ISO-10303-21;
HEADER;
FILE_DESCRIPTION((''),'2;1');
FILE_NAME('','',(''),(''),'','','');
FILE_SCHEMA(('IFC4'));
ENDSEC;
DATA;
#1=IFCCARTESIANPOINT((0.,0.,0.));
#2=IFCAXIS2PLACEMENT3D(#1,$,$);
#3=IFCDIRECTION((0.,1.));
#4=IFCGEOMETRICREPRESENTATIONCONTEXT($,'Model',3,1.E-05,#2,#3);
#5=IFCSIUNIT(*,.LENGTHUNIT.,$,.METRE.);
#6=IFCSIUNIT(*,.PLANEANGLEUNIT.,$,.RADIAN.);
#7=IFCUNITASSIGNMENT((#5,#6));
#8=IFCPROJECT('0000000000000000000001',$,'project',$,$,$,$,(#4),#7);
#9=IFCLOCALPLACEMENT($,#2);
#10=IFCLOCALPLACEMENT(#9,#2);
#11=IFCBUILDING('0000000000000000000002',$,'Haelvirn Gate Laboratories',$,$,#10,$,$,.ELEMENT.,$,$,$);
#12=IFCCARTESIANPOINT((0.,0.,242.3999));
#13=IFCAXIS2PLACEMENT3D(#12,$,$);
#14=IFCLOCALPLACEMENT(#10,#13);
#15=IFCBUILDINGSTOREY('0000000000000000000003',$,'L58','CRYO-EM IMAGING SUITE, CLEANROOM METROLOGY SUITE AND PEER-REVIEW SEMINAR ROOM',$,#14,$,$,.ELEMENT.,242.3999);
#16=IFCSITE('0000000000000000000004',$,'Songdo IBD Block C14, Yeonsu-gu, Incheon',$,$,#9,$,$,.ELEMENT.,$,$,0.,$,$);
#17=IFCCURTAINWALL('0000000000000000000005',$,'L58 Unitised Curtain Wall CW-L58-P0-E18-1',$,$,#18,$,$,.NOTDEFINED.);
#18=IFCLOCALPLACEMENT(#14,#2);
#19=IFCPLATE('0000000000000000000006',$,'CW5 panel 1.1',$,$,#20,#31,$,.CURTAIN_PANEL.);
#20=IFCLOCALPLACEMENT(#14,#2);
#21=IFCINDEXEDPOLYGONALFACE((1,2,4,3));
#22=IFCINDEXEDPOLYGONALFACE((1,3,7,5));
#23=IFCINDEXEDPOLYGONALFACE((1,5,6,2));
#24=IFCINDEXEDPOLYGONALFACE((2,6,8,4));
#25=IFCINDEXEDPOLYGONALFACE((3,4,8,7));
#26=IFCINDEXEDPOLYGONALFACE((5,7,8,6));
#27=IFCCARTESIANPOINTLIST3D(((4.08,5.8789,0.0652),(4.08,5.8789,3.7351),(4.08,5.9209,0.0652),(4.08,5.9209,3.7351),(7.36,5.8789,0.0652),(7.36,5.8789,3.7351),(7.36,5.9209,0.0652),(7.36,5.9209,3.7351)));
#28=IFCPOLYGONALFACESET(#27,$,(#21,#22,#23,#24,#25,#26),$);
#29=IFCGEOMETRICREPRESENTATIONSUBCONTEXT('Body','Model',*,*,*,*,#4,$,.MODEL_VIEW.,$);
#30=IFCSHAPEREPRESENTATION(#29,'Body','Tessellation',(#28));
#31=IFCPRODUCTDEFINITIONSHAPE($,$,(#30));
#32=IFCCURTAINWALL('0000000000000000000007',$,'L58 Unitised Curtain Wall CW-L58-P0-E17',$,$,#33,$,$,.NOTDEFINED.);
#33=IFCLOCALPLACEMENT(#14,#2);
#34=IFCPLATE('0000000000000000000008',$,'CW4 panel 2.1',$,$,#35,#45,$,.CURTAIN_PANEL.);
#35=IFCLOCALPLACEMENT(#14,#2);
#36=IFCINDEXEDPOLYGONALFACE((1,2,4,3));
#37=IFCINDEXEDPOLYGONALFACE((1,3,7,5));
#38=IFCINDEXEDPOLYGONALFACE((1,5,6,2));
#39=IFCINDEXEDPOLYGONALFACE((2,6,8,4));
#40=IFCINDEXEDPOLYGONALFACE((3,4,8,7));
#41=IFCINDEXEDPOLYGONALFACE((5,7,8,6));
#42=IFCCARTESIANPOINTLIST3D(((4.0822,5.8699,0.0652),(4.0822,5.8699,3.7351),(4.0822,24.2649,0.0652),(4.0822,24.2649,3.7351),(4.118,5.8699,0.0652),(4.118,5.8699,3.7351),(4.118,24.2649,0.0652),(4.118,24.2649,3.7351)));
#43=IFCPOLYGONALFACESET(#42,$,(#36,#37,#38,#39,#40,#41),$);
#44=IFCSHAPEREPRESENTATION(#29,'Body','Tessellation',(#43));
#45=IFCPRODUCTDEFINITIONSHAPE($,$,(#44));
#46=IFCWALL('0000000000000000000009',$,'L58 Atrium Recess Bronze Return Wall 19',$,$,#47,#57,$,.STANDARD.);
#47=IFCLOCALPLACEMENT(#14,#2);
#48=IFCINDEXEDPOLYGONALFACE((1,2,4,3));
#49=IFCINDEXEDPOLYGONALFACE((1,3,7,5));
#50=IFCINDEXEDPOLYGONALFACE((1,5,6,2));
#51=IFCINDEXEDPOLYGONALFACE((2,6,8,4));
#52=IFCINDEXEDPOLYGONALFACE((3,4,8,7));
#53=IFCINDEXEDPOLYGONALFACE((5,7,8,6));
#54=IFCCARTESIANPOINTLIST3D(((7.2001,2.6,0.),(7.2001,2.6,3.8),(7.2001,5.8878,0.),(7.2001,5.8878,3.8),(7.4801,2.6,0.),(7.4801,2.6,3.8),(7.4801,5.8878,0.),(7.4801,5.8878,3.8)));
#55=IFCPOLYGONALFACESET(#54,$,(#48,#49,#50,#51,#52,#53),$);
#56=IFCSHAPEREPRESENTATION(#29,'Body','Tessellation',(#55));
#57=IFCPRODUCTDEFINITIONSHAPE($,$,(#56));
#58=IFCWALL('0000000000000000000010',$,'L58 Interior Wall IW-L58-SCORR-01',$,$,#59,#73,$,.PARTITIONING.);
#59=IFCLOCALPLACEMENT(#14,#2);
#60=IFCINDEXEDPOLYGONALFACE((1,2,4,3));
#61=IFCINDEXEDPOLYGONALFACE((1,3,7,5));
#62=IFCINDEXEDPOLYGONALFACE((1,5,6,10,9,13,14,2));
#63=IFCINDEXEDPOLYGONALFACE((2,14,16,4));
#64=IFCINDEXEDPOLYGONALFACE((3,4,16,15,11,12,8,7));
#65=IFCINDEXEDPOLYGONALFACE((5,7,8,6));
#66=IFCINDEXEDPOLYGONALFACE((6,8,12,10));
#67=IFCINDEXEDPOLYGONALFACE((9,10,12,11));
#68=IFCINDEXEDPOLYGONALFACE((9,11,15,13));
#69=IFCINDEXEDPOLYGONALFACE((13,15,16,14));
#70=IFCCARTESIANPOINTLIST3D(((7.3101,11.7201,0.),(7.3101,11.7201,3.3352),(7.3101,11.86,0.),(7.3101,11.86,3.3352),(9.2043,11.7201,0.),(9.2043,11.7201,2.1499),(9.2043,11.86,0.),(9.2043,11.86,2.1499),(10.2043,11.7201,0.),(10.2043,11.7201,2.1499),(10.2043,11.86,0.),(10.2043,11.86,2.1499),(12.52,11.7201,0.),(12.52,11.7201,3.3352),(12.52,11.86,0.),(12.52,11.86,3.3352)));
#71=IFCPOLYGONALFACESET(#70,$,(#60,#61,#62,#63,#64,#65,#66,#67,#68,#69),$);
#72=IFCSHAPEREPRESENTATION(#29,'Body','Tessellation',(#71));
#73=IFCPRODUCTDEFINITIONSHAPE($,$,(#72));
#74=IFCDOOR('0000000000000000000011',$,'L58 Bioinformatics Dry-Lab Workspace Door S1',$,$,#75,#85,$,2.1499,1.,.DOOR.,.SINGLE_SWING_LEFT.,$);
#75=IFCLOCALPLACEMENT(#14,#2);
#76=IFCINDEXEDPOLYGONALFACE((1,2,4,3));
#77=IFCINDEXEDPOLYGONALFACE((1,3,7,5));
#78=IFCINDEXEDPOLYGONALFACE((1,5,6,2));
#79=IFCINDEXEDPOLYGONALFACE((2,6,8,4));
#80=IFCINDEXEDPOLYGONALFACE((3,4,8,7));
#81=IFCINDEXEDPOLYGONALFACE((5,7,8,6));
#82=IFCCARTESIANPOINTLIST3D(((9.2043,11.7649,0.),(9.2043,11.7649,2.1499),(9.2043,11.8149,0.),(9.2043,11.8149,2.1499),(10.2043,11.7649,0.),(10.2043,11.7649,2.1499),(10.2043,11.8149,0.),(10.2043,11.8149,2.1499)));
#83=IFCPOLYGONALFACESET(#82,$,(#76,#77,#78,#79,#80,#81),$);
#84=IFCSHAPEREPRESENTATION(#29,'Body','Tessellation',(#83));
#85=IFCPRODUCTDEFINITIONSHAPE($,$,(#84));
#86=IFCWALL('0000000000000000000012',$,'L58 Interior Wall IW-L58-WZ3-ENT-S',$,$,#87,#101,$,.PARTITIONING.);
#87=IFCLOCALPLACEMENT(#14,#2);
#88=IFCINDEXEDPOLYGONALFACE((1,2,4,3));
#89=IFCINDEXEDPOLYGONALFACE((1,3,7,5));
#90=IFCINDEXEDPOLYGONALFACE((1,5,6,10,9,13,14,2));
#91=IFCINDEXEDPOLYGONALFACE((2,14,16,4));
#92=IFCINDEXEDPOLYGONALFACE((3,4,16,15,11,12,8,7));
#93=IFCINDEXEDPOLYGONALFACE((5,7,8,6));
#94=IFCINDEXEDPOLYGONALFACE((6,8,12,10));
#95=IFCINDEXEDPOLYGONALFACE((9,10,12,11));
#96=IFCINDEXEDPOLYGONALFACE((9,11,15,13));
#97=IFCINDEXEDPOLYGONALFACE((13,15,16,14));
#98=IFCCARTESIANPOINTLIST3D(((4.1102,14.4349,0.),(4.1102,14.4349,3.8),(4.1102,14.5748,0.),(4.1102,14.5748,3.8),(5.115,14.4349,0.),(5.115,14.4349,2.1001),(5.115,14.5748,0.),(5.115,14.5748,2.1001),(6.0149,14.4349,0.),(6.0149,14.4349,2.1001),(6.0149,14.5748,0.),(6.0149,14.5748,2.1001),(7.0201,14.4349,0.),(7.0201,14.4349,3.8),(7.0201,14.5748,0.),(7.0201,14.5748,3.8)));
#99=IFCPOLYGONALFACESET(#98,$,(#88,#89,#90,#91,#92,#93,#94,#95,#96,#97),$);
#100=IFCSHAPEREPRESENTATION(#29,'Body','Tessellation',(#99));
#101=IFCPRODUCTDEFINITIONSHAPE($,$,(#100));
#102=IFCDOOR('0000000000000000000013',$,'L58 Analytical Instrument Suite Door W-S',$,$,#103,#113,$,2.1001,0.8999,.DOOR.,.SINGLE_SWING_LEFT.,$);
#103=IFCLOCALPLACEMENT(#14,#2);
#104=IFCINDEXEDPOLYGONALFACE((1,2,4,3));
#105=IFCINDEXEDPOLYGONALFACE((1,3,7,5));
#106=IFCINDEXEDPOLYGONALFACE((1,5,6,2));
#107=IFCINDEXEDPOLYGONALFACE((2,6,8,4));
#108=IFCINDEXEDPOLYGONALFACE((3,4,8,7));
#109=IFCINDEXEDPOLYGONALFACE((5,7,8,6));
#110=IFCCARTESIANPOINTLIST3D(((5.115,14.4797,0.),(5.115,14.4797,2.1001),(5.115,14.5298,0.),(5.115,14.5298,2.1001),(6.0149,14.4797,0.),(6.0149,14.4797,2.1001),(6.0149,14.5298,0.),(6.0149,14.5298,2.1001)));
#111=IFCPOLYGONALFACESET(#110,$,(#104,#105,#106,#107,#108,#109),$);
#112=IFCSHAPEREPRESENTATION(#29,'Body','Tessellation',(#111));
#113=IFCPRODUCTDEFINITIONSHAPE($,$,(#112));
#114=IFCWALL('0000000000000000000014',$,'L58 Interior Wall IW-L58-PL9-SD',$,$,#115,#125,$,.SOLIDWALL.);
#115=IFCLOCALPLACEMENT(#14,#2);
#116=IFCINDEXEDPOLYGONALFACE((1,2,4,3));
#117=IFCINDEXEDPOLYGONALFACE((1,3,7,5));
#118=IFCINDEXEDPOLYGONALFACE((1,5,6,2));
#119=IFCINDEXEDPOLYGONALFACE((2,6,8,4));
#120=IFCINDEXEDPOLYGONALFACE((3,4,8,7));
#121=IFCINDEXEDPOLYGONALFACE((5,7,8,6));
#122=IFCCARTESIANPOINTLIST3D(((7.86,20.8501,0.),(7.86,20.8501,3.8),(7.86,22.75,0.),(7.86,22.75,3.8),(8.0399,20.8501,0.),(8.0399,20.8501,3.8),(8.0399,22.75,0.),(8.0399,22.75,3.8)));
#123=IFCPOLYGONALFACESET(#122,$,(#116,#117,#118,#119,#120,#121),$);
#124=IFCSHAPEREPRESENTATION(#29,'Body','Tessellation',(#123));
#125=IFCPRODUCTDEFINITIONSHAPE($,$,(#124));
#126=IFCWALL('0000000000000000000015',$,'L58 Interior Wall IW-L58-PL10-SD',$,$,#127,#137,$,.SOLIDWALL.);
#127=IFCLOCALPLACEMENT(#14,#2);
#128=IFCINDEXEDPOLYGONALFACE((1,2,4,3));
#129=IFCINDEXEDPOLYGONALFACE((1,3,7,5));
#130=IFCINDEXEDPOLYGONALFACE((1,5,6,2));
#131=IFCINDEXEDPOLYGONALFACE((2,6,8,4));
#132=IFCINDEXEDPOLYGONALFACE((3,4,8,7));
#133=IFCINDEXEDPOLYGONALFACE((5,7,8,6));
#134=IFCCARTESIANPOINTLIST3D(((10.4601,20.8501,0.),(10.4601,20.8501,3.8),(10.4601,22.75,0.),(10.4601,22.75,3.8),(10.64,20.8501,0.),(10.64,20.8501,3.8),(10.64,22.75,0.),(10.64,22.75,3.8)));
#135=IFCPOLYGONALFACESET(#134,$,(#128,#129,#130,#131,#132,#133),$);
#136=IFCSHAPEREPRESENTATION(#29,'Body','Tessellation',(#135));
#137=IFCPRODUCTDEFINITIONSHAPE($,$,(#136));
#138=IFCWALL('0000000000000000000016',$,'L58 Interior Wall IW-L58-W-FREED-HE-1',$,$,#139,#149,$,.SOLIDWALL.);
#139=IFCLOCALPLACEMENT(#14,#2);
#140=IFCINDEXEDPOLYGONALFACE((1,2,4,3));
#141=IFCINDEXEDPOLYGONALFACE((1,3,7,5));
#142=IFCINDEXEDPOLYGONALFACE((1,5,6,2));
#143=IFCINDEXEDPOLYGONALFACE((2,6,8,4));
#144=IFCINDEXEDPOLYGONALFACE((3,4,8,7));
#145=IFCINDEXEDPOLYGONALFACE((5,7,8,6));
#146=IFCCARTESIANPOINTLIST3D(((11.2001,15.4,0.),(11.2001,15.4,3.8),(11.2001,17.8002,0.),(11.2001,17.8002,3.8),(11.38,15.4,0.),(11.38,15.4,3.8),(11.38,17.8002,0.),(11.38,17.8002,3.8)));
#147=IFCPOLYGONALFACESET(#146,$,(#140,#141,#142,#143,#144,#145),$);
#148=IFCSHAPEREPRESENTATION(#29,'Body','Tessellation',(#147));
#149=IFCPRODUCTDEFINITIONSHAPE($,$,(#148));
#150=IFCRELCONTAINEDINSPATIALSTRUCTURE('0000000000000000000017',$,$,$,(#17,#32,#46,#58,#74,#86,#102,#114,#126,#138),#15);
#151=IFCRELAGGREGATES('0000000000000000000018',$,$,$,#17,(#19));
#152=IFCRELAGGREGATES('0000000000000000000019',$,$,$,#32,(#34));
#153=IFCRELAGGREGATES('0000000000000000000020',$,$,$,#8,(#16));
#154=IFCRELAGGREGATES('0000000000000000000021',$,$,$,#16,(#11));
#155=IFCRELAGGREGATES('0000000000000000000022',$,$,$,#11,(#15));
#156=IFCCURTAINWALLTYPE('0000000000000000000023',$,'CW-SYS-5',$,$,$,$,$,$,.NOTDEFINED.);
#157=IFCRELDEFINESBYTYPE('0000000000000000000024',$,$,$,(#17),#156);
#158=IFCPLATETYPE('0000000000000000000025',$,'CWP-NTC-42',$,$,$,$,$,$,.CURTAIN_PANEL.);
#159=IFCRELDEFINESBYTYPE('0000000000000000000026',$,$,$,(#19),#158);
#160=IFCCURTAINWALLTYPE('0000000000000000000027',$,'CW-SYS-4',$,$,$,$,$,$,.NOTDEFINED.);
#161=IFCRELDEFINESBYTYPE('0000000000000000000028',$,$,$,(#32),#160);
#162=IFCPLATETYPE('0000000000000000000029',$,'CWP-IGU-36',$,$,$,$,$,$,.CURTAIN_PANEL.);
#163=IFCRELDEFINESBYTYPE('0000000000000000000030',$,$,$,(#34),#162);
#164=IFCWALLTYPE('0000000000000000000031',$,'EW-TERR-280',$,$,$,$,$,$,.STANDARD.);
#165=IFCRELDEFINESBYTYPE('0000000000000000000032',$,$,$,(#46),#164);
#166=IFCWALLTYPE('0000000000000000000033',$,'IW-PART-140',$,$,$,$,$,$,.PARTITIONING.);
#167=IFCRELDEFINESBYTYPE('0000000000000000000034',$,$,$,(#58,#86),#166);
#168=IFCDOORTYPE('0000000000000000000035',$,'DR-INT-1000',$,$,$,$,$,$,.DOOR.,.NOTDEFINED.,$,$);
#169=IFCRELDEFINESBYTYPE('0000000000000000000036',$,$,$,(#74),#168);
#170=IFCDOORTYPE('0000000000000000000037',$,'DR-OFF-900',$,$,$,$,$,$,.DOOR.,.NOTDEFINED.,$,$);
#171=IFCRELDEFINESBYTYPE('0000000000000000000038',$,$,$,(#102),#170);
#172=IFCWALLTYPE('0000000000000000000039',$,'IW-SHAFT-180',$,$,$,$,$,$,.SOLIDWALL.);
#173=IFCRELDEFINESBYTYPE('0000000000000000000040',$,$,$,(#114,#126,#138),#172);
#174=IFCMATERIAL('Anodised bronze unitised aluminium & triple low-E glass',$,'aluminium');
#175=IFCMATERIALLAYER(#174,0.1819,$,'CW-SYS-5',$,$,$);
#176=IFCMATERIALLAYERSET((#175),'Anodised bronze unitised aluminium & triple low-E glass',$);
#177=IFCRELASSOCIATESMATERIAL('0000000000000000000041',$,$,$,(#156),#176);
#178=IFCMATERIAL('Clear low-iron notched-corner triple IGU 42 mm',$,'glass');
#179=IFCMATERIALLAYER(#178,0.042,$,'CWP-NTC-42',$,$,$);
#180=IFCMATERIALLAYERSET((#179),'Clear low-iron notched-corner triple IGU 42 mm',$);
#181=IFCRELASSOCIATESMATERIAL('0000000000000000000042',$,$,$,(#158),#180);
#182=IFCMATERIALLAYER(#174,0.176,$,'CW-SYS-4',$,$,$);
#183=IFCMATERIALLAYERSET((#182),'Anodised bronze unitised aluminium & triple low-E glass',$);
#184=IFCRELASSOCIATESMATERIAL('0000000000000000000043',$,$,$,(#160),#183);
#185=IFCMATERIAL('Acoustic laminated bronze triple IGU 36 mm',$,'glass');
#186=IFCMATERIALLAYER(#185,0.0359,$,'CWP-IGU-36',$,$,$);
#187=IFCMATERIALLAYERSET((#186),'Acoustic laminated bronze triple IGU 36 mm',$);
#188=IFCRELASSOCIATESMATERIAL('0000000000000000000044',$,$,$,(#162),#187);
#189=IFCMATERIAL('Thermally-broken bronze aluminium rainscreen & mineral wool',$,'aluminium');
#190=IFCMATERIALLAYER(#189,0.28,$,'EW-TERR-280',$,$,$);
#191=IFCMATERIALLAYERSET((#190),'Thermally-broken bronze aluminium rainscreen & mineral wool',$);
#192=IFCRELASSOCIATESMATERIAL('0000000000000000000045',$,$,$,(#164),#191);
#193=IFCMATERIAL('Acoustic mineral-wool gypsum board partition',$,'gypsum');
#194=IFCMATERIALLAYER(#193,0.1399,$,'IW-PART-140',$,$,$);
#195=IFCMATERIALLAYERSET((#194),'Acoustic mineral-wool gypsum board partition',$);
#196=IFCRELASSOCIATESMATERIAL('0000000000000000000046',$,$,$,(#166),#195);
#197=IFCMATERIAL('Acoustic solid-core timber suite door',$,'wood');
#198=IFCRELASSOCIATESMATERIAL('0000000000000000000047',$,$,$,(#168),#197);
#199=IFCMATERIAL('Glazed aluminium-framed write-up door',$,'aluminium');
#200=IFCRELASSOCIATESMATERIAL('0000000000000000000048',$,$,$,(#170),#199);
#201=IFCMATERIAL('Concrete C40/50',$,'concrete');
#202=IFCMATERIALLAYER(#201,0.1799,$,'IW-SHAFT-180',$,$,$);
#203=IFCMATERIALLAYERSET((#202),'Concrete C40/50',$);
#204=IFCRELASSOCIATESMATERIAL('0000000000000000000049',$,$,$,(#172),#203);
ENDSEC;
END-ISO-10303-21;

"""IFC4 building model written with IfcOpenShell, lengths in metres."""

from ifc_helpers import new_model, si_unit, direction, frame, frame_2d, origin, origin_2d, place, context, subcontext, project, spatial, rectangle, extrude, source, transform, mapped, material, layer, layer_set, type_object, type_shapes, element, fill, aggregate, save


model = new_model("IFC4")

# Units and contexts
model_context = context("Model", 3, precision=1e-05, world=origin(), true_north=direction((0.0, 1.0)))
body_context = subcontext(model_context, "Body", "Model", "MODEL_VIEW")
ifc_project = project(units=[si_unit("LENGTHUNIT", "METRE"), si_unit("PLANEANGLEUNIT", "RADIAN")], contexts=[model_context])

# Site, building, storey
site_placement = place(None, origin())
site = spatial("IfcSite", under=ifc_project, at=site_placement, Name="Songdo IBD Block C14, Yeonsu-gu, Incheon", CompositionType="ELEMENT", RefElevation=0.0)
building_placement = place(site_placement, origin())
building = spatial("IfcBuilding", under=site, at=building_placement, Name="Haelvirn Gate Laboratories", CompositionType="ELEMENT")
storey_placement = place(building_placement, frame((0.0, 0.0, 242.3999)))
storey = spatial("IfcBuildingStorey", under=building, at=storey_placement, Name="L58", Description="CRYO-EM IMAGING SUITE, CLEANROOM METROLOGY SUITE AND PEER-REVIEW SEMINAR ROOM", CompositionType="ELEMENT", Elevation=242.3999)

# Curtain wall, plate
ifc_material_1 = material(Name="Anodised bronze unitised aluminium & triple low-E glass", Category="aluminium")
ifc_layer_1 = layer(ifc_material_1, 0.1819, Name="CW-SYS-5")
ifc_layer_set_1 = layer_set([ifc_layer_1], Name="Anodised bronze unitised aluminium & triple low-E glass")
curtain_wall_type_1 = type_object("IfcCurtainWallType", Name="CW-SYS-5", PredefinedType="NOTDEFINED", material=ifc_layer_set_1)
curtain_wall_1_placement = place(storey_placement, origin())
curtain_wall_1 = element("IfcCurtainWall", 1, at=curtain_wall_1_placement, inside=storey, type_object=curtain_wall_type_1, Name="L58 Unitised Curtain Wall CW-L58-P0-E18-1", PredefinedType="NOTDEFINED")
ifc_material_2 = material(Name="Clear low-iron notched-corner triple IGU 42 mm", Category="glass")
ifc_layer_2 = layer(ifc_material_2, 0.042, Name="CWP-NTC-42")
ifc_layer_set_2 = layer_set([ifc_layer_2], Name="Clear low-iron notched-corner triple IGU 42 mm")
plate_type_1 = type_object("IfcPlateType", Name="CWP-NTC-42", PredefinedType="CURTAIN_PANEL", material=ifc_layer_set_2)
shared_shape_1 = source(origin(), body_context, "Body", "SweptSolid", [
    extrude(rectangle(XDim=3.28, YDim=0.042, at=origin_2d()), origin(), (0.0, 0.0, 1.0), 3.6699),
])
type_shapes(plate_type_1, [shared_shape_1])
plate_1_placement = place(storey_placement, frame((5.72, 5.8999, 0.0652), z_axis=(0.0, 0.0, 1.0), x_axis=(1.0, 0.0, 0.0)))
plate_1 = element("IfcPlate", 2, at=plate_1_placement, type_object=plate_type_1, Name="CW5 panel 1.1", PredefinedType="CURTAIN_PANEL", context=body_context, shape_type="MappedRepresentation", body=[
    mapped(shared_shape_1, transform((0.0, 0.0, 0.0), scale=1.0)),
])
aggregate(curtain_wall_1, [plate_1])

# Curtain wall, plate
ifc_layer_3 = layer(ifc_material_1, 0.176, Name="CW-SYS-4")
ifc_layer_set_3 = layer_set([ifc_layer_3], Name="Anodised bronze unitised aluminium & triple low-E glass")
curtain_wall_type_2 = type_object("IfcCurtainWallType", Name="CW-SYS-4", PredefinedType="NOTDEFINED", material=ifc_layer_set_3)
curtain_wall_2_placement = place(storey_placement, origin())
curtain_wall_2 = element("IfcCurtainWall", 3, at=curtain_wall_2_placement, inside=storey, type_object=curtain_wall_type_2, Name="L58 Unitised Curtain Wall CW-L58-P0-E17", PredefinedType="NOTDEFINED")
ifc_material_3 = material(Name="Acoustic laminated bronze triple IGU 36 mm", Category="glass")
ifc_layer_4 = layer(ifc_material_3, 0.0359, Name="CWP-IGU-36")
ifc_layer_set_4 = layer_set([ifc_layer_4], Name="Acoustic laminated bronze triple IGU 36 mm")
plate_type_2 = type_object("IfcPlateType", Name="CWP-IGU-36", PredefinedType="CURTAIN_PANEL", material=ifc_layer_set_4)
shared_shape_2 = source(origin(), body_context, "Body", "SweptSolid", [
    extrude(rectangle(XDim=18.395, YDim=0.0359, at=origin_2d()), origin(), (0.0, 0.0, 1.0), 3.6699),
])
type_shapes(plate_type_2, [shared_shape_2])
plate_2_placement = place(storey_placement, frame((4.1001, 15.0674, 0.0652), z_axis=(0.0, 0.0, 1.0), x_axis=(0.0, -1.0, 0.0)))
plate_2 = element("IfcPlate", 4, at=plate_2_placement, type_object=plate_type_2, Name="CW4 panel 2.1", PredefinedType="CURTAIN_PANEL", context=body_context, shape_type="MappedRepresentation", body=[
    mapped(shared_shape_2, transform((0.0, 0.0, 0.0), scale=1.0)),
])
aggregate(curtain_wall_2, [plate_2])

# Wall
ifc_material_4 = material(Name="Thermally-broken bronze aluminium rainscreen & mineral wool", Category="aluminium")
ifc_layer_5 = layer(ifc_material_4, 0.28, Name="EW-TERR-280")
ifc_layer_set_5 = layer_set([ifc_layer_5], Name="Thermally-broken bronze aluminium rainscreen & mineral wool")
wall_type_1 = type_object("IfcWallType", Name="EW-TERR-280", PredefinedType="STANDARD", material=ifc_layer_set_5)
wall_1_placement = place(storey_placement, frame((7.3401, 5.8879, 0.0), z_axis=(0.0, 0.0, 1.0), x_axis=(0.0, -1.0, 0.0)))
element("IfcWall", 5, at=wall_1_placement, inside=storey, type_object=wall_type_1, Name="L58 Atrium Recess Bronze Return Wall 19", PredefinedType="STANDARD", context=body_context, shape_type="SweptSolid", body=[
    extrude(rectangle(XDim=3.2878, YDim=0.28, at=frame_2d((1.644, 0.0))), origin(), (0.0, 0.0, 1.0), 3.8),
])

# Walls, openings, doors
ifc_material_5 = material(Name="Acoustic mineral-wool gypsum board partition", Category="gypsum")
ifc_layer_6 = layer(ifc_material_5, 0.1399, Name="IW-PART-140")
ifc_layer_set_6 = layer_set([ifc_layer_6], Name="Acoustic mineral-wool gypsum board partition")
wall_type_2 = type_object("IfcWallType", Name="IW-PART-140", PredefinedType="PARTITIONING", material=ifc_layer_set_6)
wall_2_placement = place(storey_placement, frame((7.3101, 11.79, 0.0), z_axis=(0.0, 0.0, 1.0), x_axis=(1.0, 0.0, 0.0)))
wall_2 = element("IfcWall", 6, at=wall_2_placement, inside=storey, type_object=wall_type_2, Name="L58 Interior Wall IW-L58-SCORR-01", PredefinedType="PARTITIONING", context=body_context, shape_type="SweptSolid", body=[
    extrude(rectangle(XDim=5.21, YDim=0.1399, at=frame_2d((2.605, 0.0))), origin(), (0.0, 0.0, 1.0), 3.3352),
])
opening_1_placement = place(wall_2_placement, frame((1.8943, 0.0, 0.0)))
opening_1 = element("IfcOpeningElement", 7, at=opening_1_placement, cuts=wall_2, PredefinedType="OPENING", context=body_context, shape_type="SweptSolid", body=[
    extrude(rectangle(XDim=1.0, YDim=2.1499, at=frame_2d((0.5, 1.075))), frame((0.0, 0.0801, 0.0), z_axis=(0.0, -1.0, 0.0), x_axis=(1.0, 0.0, 0.0)), (0.0, 0.0, 1.0), 0.1599),
])
ifc_material_6 = material(Name="Acoustic solid-core timber suite door", Category="wood")
door_type_1 = type_object("IfcDoorType", Name="DR-INT-1000", OperationType="NOTDEFINED", PredefinedType="DOOR", material=ifc_material_6)
shared_shape_3 = source(origin(), body_context, "Body", "SweptSolid", [
    extrude(rectangle(XDim=1.0, YDim=2.1499, at=frame_2d((0.5, 1.075))), frame((0.0, 0.0249, 0.0), z_axis=(0.0, -1.0, 0.0), x_axis=(1.0, 0.0, 0.0)), (0.0, 0.0, 1.0), 0.05),
])
type_shapes(door_type_1, [shared_shape_3])
door_1_placement = place(opening_1_placement, origin())
door_1 = element("IfcDoor", 8, at=door_1_placement, inside=storey, type_object=door_type_1, Name="L58 Bioinformatics Dry-Lab Workspace Door S1", OperationType="SINGLE_SWING_LEFT", OverallHeight=2.1499, OverallWidth=1.0, PredefinedType="DOOR", context=body_context, shape_type="MappedRepresentation", body=[
    mapped(shared_shape_3, transform((0.0, 0.0, 0.0), scale=1.0)),
])
fill(opening_1, door_1)
wall_3_placement = place(storey_placement, frame((4.1101, 14.5049, 0.0), z_axis=(0.0, 0.0, 1.0), x_axis=(1.0, 0.0, 0.0)))
wall_3 = element("IfcWall", 9, at=wall_3_placement, inside=storey, type_object=wall_type_2, Name="L58 Interior Wall IW-L58-WZ3-ENT-S", PredefinedType="PARTITIONING", context=body_context, shape_type="SweptSolid", body=[
    extrude(rectangle(XDim=2.9099, YDim=0.1399, at=frame_2d((1.4551, 0.0))), origin(), (0.0, 0.0, 1.0), 3.8),
])
opening_2_placement = place(wall_3_placement, frame((1.0049, 0.0, 0.0)))
opening_2 = element("IfcOpeningElement", 10, at=opening_2_placement, cuts=wall_3, PredefinedType="OPENING", context=body_context, shape_type="SweptSolid", body=[
    extrude(rectangle(XDim=0.8999, YDim=2.1001, at=frame_2d((0.45, 1.05))), frame((0.0, 0.0801, 0.0), z_axis=(0.0, -1.0, 0.0), x_axis=(1.0, 0.0, 0.0)), (0.0, 0.0, 1.0), 0.1599),
])
ifc_material_7 = material(Name="Glazed aluminium-framed write-up door", Category="aluminium")
door_type_2 = type_object("IfcDoorType", Name="DR-OFF-900", OperationType="NOTDEFINED", PredefinedType="DOOR", material=ifc_material_7)
shared_shape_4 = source(origin(), body_context, "Body", "SweptSolid", [
    extrude(rectangle(XDim=0.8999, YDim=2.1001, at=frame_2d((0.45, 1.05))), frame((0.0, 0.0249, 0.0), z_axis=(0.0, -1.0, 0.0), x_axis=(1.0, 0.0, 0.0)), (0.0, 0.0, 1.0), 0.05),
])
type_shapes(door_type_2, [shared_shape_4])
door_2_placement = place(opening_2_placement, origin())
door_2 = element("IfcDoor", 11, at=door_2_placement, inside=storey, type_object=door_type_2, Name="L58 Analytical Instrument Suite Door W-S", OperationType="SINGLE_SWING_LEFT", OverallHeight=2.1001, OverallWidth=0.8999, PredefinedType="DOOR", context=body_context, shape_type="MappedRepresentation", body=[
    mapped(shared_shape_4, transform((0.0, 0.0, 0.0), scale=1.0)),
])
fill(opening_2, door_2)

# Walls
ifc_material_8 = material(Name="Concrete C40/50", Category="concrete")
ifc_layer_7 = layer(ifc_material_8, 0.1799, Name="IW-SHAFT-180")
ifc_layer_set_7 = layer_set([ifc_layer_7], Name="Concrete C40/50")
wall_type_3 = type_object("IfcWallType", Name="IW-SHAFT-180", PredefinedType="SOLIDWALL", material=ifc_layer_set_7)
for number, where, z_axis, x_axis, name in (
    (12, (7.95, 20.8501, 0.0), (0.0, 0.0, 1.0), (0.0, 1.0, 0.0), "L58 Interior Wall IW-L58-PL9-SD"),
    (13, (10.55, 20.8501, 0.0), (0.0, 0.0, 1.0), (0.0, 1.0, 0.0), "L58 Interior Wall IW-L58-PL10-SD"),
):
    element("IfcWall", number, at=place(storey_placement, frame(where, z_axis=z_axis, x_axis=x_axis)), inside=storey, type_object=wall_type_3, Name=name, PredefinedType="SOLIDWALL", context=body_context, shape_type="SweptSolid", body=[
        extrude(rectangle(XDim=1.8999, YDim=0.1799, at=frame_2d((0.95, 0.0))), origin(), (0.0, 0.0, 1.0), 3.8),
    ])

# Wall
wall_4_placement = place(storey_placement, frame((11.29, 15.3999, 0.0), z_axis=(0.0, 0.0, 1.0), x_axis=(0.0, 1.0, 0.0)))
element("IfcWall", 14, at=wall_4_placement, inside=storey, type_object=wall_type_3, Name="L58 Interior Wall IW-L58-W-FREED-HE-1", PredefinedType="SOLIDWALL", context=body_context, shape_type="SweptSolid", body=[
    extrude(rectangle(XDim=2.4001, YDim=0.1799, at=frame_2d((1.2002, 0.0))), origin(), (0.0, 0.0, 1.0), 3.8),
])

save(model, "model.ifc")
